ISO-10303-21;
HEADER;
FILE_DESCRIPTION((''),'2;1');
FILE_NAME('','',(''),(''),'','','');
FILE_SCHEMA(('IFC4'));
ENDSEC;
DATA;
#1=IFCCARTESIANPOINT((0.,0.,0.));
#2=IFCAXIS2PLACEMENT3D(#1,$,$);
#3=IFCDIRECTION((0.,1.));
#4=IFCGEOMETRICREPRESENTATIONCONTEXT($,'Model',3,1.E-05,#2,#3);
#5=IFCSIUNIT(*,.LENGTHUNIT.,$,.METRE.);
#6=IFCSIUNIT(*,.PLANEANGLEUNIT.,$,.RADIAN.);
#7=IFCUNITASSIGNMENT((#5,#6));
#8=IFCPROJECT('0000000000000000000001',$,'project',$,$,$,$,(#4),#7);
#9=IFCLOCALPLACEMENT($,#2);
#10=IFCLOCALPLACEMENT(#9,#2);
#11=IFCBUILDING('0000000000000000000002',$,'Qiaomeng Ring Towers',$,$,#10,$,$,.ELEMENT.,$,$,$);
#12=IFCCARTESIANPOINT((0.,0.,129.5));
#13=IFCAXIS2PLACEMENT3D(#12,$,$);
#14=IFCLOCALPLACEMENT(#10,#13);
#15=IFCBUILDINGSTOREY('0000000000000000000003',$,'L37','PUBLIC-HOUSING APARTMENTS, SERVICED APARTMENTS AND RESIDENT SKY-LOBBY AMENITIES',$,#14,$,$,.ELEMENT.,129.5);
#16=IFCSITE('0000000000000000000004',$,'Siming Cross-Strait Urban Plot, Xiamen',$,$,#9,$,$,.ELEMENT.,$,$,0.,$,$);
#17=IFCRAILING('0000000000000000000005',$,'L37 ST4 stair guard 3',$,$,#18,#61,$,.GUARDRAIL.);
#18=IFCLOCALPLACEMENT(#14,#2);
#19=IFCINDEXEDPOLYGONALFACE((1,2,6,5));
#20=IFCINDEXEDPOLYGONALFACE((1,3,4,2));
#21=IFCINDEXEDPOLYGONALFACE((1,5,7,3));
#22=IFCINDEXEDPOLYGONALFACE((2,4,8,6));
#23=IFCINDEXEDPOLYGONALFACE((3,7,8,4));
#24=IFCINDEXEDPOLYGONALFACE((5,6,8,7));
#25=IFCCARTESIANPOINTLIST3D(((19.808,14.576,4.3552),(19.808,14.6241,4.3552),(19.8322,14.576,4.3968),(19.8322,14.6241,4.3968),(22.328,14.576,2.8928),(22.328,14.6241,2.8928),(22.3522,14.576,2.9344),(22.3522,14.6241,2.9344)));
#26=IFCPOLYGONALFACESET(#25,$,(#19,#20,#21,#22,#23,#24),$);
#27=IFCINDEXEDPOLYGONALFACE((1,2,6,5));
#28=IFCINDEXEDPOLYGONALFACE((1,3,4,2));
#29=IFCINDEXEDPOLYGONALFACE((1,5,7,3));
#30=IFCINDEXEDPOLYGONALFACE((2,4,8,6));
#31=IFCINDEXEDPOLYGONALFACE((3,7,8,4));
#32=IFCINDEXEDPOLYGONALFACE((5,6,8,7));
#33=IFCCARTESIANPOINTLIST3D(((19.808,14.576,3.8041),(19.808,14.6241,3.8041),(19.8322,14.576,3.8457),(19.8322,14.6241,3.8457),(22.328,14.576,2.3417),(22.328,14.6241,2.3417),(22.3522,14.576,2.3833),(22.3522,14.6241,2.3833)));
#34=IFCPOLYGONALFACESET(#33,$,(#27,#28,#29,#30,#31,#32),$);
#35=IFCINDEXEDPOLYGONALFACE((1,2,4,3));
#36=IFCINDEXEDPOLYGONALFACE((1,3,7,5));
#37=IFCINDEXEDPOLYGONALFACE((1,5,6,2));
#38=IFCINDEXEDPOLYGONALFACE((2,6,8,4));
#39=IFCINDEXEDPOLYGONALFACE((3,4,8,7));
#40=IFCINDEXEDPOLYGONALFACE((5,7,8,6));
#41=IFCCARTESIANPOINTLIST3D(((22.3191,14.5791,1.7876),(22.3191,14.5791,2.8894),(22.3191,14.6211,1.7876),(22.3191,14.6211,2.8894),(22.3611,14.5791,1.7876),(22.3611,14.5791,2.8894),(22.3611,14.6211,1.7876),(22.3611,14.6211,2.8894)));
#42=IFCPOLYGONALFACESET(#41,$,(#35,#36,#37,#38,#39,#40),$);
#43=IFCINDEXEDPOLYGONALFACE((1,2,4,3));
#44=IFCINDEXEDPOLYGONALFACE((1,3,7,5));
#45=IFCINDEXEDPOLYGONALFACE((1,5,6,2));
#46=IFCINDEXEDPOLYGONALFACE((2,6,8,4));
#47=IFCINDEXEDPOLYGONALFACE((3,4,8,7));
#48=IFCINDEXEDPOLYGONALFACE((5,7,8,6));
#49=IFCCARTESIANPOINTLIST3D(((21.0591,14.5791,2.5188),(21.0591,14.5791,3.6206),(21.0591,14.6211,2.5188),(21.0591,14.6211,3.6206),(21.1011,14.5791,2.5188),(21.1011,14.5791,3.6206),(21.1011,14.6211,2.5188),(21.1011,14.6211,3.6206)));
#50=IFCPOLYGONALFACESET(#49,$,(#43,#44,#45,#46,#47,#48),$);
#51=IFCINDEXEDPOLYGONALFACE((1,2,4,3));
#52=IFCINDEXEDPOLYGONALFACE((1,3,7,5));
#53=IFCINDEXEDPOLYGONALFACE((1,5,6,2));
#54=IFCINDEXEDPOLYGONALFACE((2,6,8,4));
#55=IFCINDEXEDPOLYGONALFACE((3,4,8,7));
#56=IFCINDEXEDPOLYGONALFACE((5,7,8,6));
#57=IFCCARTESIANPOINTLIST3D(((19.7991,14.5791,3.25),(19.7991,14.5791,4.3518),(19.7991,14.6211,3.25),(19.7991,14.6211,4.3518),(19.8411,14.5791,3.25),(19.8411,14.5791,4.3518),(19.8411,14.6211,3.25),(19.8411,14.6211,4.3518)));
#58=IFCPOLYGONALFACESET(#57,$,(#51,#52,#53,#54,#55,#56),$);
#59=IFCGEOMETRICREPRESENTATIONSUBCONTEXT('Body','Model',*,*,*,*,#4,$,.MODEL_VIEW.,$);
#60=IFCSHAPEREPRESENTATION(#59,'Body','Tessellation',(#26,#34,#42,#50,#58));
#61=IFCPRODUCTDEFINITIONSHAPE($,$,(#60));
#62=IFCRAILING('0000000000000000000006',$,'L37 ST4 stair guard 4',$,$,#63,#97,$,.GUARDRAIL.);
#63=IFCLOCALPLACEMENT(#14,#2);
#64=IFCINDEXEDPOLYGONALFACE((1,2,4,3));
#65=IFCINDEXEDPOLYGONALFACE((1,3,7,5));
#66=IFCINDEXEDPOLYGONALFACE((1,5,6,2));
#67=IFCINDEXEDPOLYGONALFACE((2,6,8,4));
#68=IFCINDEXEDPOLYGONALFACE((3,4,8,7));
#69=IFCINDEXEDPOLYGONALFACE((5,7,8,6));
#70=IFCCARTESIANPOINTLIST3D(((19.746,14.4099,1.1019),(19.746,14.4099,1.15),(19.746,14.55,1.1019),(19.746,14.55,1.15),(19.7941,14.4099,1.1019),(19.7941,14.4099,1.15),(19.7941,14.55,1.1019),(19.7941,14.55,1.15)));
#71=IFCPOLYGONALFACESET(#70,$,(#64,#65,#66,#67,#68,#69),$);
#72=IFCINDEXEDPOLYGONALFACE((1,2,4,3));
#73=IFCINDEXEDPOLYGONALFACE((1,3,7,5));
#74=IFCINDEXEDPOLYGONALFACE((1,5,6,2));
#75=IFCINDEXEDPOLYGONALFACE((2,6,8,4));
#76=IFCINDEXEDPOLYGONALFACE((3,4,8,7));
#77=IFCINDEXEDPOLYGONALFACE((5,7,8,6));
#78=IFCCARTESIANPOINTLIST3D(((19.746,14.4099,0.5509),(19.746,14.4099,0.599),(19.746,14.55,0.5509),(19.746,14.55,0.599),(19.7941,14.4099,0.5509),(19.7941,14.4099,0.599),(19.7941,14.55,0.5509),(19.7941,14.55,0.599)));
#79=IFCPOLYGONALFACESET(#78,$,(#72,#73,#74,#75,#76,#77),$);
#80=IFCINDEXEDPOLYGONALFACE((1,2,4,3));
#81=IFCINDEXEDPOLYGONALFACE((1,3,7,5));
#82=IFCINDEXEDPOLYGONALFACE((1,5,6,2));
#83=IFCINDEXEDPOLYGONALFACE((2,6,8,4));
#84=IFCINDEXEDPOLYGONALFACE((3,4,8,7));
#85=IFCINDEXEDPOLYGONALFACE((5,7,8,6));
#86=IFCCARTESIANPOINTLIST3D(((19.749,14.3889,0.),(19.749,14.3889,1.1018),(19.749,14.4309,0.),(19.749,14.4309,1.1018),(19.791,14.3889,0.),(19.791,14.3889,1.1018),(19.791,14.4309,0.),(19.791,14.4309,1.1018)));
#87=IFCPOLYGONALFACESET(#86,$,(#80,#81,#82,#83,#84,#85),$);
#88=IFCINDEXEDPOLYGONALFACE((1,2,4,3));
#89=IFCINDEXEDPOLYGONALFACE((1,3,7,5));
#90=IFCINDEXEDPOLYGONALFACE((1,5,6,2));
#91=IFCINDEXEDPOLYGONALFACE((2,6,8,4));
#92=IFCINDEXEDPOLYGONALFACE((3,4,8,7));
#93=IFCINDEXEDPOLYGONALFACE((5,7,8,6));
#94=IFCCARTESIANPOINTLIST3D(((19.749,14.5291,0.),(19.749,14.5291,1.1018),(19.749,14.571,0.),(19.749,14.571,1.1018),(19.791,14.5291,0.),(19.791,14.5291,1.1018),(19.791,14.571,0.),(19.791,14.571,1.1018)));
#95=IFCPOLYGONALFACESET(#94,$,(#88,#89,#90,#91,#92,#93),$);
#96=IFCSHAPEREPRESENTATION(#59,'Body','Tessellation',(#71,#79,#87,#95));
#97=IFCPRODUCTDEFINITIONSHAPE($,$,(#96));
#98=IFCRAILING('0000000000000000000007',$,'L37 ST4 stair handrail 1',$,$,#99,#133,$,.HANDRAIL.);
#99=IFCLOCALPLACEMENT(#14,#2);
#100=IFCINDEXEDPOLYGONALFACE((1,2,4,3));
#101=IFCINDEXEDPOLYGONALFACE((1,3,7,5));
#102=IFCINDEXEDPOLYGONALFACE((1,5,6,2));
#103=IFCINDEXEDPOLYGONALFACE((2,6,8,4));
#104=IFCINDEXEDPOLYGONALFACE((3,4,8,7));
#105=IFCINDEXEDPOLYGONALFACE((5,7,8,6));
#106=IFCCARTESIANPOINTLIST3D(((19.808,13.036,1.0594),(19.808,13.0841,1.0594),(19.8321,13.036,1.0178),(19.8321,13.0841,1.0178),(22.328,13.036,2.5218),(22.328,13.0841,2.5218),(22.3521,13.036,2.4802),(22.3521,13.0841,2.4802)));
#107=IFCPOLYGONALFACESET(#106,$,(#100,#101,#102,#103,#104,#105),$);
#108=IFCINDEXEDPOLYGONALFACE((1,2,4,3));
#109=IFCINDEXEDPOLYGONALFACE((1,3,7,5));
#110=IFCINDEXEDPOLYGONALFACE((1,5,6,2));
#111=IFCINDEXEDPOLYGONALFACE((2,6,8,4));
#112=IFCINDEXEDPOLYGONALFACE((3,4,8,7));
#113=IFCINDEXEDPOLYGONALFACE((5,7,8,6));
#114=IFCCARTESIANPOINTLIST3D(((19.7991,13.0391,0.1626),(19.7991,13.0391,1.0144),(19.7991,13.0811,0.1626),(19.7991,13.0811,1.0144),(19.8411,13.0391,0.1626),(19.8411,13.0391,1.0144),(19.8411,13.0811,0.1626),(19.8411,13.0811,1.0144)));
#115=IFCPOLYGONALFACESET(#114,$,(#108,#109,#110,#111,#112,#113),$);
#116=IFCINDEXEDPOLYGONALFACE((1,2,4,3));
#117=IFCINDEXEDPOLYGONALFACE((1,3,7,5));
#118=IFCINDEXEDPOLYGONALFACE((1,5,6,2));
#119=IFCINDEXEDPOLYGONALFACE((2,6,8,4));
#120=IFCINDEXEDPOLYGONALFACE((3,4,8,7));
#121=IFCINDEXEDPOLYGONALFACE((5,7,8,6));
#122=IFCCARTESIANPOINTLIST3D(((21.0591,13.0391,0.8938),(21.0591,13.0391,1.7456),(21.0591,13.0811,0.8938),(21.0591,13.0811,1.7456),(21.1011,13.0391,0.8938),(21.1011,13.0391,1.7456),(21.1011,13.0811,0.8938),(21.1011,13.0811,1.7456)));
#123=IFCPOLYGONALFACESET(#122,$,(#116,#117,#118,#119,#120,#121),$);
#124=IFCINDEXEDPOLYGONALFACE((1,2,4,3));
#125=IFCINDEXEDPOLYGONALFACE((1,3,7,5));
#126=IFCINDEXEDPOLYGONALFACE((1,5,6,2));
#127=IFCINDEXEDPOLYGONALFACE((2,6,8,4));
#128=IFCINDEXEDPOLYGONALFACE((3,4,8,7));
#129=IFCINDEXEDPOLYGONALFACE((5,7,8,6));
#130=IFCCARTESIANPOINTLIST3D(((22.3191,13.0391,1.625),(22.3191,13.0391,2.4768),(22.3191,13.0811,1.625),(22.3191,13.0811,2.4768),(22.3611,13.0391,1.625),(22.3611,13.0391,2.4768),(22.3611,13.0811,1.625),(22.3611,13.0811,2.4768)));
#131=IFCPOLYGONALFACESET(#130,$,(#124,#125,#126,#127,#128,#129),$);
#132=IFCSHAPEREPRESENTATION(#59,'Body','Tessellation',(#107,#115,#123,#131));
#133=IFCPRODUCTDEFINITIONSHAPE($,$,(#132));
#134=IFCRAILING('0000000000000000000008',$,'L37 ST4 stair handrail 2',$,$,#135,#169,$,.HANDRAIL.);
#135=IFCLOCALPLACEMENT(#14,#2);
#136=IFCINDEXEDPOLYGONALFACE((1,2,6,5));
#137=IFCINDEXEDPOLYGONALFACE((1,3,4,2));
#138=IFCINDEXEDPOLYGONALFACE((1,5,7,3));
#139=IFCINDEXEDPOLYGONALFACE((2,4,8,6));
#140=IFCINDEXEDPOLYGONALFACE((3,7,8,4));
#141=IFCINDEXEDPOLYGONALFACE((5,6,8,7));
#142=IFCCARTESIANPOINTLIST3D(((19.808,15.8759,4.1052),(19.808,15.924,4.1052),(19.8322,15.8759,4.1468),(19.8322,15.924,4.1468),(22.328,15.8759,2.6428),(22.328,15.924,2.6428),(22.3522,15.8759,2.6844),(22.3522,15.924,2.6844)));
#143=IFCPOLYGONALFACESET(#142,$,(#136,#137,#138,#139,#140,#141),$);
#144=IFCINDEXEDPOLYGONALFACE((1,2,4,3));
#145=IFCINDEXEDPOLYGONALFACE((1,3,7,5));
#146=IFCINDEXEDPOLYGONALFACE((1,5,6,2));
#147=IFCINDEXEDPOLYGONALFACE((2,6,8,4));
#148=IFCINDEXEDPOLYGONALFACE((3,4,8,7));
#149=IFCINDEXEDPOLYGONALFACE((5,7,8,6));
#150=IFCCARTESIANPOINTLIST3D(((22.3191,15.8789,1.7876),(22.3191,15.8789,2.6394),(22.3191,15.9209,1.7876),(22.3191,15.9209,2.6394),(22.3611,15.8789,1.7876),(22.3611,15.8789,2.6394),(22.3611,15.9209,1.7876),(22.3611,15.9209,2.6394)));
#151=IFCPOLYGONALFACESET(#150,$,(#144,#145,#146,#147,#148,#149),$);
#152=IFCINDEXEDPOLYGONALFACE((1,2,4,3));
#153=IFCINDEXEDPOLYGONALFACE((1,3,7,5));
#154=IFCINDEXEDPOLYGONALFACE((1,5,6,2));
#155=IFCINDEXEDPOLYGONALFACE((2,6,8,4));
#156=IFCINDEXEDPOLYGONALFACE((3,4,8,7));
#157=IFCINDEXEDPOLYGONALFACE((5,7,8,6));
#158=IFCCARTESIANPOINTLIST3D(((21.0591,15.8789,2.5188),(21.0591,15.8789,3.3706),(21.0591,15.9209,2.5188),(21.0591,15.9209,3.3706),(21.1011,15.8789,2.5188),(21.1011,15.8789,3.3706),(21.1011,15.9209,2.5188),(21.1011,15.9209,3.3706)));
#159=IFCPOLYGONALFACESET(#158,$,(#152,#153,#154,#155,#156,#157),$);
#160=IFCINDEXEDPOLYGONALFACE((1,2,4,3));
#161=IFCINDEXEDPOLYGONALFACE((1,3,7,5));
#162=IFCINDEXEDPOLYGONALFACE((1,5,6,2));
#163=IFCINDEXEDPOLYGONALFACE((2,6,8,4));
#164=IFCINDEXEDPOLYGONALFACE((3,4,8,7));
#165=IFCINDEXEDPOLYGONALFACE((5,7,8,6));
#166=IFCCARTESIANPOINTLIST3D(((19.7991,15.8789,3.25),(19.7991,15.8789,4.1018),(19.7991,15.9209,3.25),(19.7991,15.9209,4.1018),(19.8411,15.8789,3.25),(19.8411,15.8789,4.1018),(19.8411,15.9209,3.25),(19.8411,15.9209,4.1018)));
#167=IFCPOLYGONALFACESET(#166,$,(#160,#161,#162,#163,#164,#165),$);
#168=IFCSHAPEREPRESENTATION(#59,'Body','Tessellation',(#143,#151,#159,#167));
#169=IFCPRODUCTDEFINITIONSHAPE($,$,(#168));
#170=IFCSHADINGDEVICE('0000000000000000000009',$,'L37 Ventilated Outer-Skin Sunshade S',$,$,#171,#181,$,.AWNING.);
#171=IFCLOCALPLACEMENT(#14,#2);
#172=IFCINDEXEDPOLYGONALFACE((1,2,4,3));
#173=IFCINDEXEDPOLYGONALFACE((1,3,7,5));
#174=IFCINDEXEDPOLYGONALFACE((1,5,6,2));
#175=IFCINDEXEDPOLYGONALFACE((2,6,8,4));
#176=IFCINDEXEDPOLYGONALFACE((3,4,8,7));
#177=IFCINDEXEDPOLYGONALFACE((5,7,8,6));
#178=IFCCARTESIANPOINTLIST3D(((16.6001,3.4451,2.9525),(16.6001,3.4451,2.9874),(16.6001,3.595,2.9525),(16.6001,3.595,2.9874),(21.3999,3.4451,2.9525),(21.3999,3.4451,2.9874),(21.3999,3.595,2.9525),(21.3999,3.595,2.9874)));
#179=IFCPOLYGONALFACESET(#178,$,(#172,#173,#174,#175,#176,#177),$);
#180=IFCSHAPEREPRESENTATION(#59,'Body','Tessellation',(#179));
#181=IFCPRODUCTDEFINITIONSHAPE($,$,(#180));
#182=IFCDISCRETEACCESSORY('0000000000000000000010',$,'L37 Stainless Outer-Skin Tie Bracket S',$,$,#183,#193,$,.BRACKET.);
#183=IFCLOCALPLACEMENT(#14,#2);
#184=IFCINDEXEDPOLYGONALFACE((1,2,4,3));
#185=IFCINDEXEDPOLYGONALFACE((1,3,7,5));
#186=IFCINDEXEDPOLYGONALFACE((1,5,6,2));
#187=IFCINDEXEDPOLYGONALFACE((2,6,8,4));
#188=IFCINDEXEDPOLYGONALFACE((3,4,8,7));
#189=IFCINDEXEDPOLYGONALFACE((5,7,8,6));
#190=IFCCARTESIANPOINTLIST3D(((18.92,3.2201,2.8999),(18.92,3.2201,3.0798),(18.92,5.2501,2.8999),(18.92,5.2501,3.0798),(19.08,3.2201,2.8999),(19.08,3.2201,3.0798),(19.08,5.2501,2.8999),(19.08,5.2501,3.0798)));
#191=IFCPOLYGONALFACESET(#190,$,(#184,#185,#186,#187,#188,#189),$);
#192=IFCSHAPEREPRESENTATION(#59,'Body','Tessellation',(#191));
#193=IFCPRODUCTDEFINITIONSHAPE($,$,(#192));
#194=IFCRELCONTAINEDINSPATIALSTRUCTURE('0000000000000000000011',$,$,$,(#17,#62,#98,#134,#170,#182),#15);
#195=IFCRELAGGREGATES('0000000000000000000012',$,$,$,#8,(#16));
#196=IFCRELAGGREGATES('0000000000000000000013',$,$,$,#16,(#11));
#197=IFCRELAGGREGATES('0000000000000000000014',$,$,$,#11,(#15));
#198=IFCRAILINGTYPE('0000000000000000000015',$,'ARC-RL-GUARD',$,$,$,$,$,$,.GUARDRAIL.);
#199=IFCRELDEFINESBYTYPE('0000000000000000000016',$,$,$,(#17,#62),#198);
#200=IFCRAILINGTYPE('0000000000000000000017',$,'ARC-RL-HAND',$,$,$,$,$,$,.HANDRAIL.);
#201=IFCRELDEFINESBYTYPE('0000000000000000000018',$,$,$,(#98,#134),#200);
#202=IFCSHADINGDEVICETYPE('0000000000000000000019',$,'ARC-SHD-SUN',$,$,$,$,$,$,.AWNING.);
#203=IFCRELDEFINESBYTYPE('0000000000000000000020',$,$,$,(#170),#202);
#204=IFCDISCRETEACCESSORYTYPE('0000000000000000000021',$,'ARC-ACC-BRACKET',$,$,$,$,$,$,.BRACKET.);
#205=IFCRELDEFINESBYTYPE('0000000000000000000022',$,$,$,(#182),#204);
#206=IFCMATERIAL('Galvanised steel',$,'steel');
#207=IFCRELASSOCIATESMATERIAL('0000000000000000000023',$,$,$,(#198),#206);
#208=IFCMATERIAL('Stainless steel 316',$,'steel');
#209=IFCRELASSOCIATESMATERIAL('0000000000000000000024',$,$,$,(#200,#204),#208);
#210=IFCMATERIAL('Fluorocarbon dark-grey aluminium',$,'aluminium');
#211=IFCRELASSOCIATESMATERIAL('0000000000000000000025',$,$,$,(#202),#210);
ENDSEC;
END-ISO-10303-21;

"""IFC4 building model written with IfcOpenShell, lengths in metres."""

from ifc_helpers import new_model, si_unit, direction, frame, origin, origin_2d, place, context, subcontext, project, spatial, rectangle, extrude, source, transform, mapped, material, material_profile, profile_set, type_object, element, save


model = new_model("IFC4")

# Units and contexts
model_context = context("Model", 3, precision=1e-05, world=origin(), true_north=direction((0.0, 1.0)))
body_context = subcontext(model_context, "Body", "Model", "MODEL_VIEW")
ifc_project = project(units=[si_unit("LENGTHUNIT", "METRE"), si_unit("PLANEANGLEUNIT", "RADIAN")], contexts=[model_context])

# Site, building, storey
site_placement = place(None, origin())
site = spatial("IfcSite", under=ifc_project, at=site_placement, Name="Siming Cross-Strait Urban Plot, Xiamen", CompositionType="ELEMENT", RefElevation=0.0)
building_placement = place(site_placement, origin())
building = spatial("IfcBuilding", under=site, at=building_placement, Name="Qiaomeng Ring Towers", CompositionType="ELEMENT")
storey_placement = place(building_placement, frame((0.0, 0.0, 129.5)))
storey = spatial("IfcBuildingStorey", under=building, at=storey_placement, Name="L37", Description="PUBLIC-HOUSING APARTMENTS, SERVICED APARTMENTS AND RESIDENT SKY-LOBBY AMENITIES", CompositionType="ELEMENT", Elevation=129.5)

# Shared definitions
ifc_material_1 = material(Name="Fluorocarbon dark-grey aluminium", Category="aluminium")

# Shared definitions
ifc_material_2 = material(Name="Galvanised steel", Category="steel")

# Railings
railing_type_1 = type_object("IfcRailingType", Name="ARC-RL-GUARD", PredefinedType="GUARDRAIL", material=ifc_material_2)
railing_1_placement = place(storey_placement, frame((22.3401, 14.6001, 1.7876)))
element("IfcRailing", 1, at=railing_1_placement, inside=storey, type_object=railing_type_1, Name="L37 ST4 stair guard 3", PredefinedType="GUARDRAIL", context=body_context, shape_type="SweptSolid", body=[
    extrude(rectangle(XDim=0.0481, YDim=0.0481, at=origin_2d()), frame((0.0, 0.0, 1.126), z_axis=(-0.864913, 0.0, 0.501921), x_axis=(0.0, -1.0, 0.0)), (0.0, 0.0, 1.0), 2.9136),
    extrude(rectangle(XDim=0.0481, YDim=0.0481, at=origin_2d()), frame((0.0, 0.0, 0.575), z_axis=(-0.864913, 0.0, 0.501921), x_axis=(0.0, -1.0, 0.0)), (0.0, 0.0, 1.0), 2.9136),
    extrude(rectangle(XDim=0.042, YDim=0.042, at=origin_2d()), origin(), (0.0, 0.0, 1.0), 1.1018),
    extrude(rectangle(XDim=0.042, YDim=0.042, at=origin_2d()), frame((-1.26, 0.0, 0.7312)), (0.0, 0.0, 1.0), 1.1018),
    extrude(rectangle(XDim=0.042, YDim=0.042, at=origin_2d()), frame((-2.52, 0.0, 1.4624)), (0.0, 0.0, 1.0), 1.1018),
])
railing_2_placement = place(storey_placement, frame((19.77, 14.4099, 0.0)))
element("IfcRailing", 2, at=railing_2_placement, inside=storey, type_object=railing_type_1, Name="L37 ST4 stair guard 4", PredefinedType="GUARDRAIL", context=body_context, shape_type="SweptSolid", body=[
    extrude(rectangle(XDim=0.0481, YDim=0.0481, at=origin_2d()), frame((0.0, 0.0, 1.126), z_axis=(0.0, 1.0, 0.0), x_axis=(-1.0, 0.0, 0.0)), (0.0, 0.0, 1.0), 0.1401),
    extrude(rectangle(XDim=0.0481, YDim=0.0481, at=origin_2d()), frame((0.0, 0.0, 0.575), z_axis=(0.0, 1.0, 0.0), x_axis=(-1.0, 0.0, 0.0)), (0.0, 0.0, 1.0), 0.1401),
    extrude(rectangle(XDim=0.042, YDim=0.042, at=origin_2d()), origin(), (0.0, 0.0, 1.0), 1.1018),
    extrude(rectangle(XDim=0.042, YDim=0.042, at=origin_2d()), frame((0.0, 0.1401, 0.0)), (0.0, 0.0, 1.0), 1.1018),
])
ifc_material_3 = material(Name="Stainless steel 316", Category="steel")
railing_type_2 = type_object("IfcRailingType", Name="ARC-RL-HAND", PredefinedType="HANDRAIL", material=ifc_material_3)
railing_3_placement = place(storey_placement, frame((19.8201, 13.0601, 0.1626)))
element("IfcRailing", 3, at=railing_3_placement, inside=storey, type_object=railing_type_2, Name="L37 ST4 stair handrail 1", PredefinedType="HANDRAIL", context=body_context, shape_type="SweptSolid", body=[
    extrude(rectangle(XDim=0.0481, YDim=0.0481, at=origin_2d()), frame((0.0, 0.0, 0.876), z_axis=(0.864913, 0.0, 0.501921), x_axis=(0.0, 1.0, 0.0)), (0.0, 0.0, 1.0), 2.9136),
    extrude(rectangle(XDim=0.042, YDim=0.042, at=origin_2d()), origin(), (0.0, 0.0, 1.0), 0.8518),
    extrude(rectangle(XDim=0.042, YDim=0.042, at=origin_2d()), frame((1.26, 0.0, 0.7312)), (0.0, 0.0, 1.0), 0.8518),
    extrude(rectangle(XDim=0.042, YDim=0.042, at=origin_2d()), frame((2.52, 0.0, 1.4624)), (0.0, 0.0, 1.0), 0.8518),
])
railing_4_placement = place(storey_placement, frame((22.3401, 15.8999, 1.7876)))
element("IfcRailing", 4, at=railing_4_placement, inside=storey, type_object=railing_type_2, Name="L37 ST4 stair handrail 2", PredefinedType="HANDRAIL", context=body_context, shape_type="SweptSolid", body=[
    extrude(rectangle(XDim=0.0481, YDim=0.0481, at=origin_2d()), frame((0.0, 0.0, 0.876), z_axis=(-0.864913, 0.0, 0.501921), x_axis=(0.0, -1.0, 0.0)), (0.0, 0.0, 1.0), 2.9136),
    extrude(rectangle(XDim=0.042, YDim=0.042, at=origin_2d()), origin(), (0.0, 0.0, 1.0), 0.8518),
    extrude(rectangle(XDim=0.042, YDim=0.042, at=origin_2d()), frame((-1.26, 0.0, 0.7312)), (0.0, 0.0, 1.0), 0.8518),
    extrude(rectangle(XDim=0.042, YDim=0.042, at=origin_2d()), frame((-2.52, 0.0, 1.4624)), (0.0, 0.0, 1.0), 0.8518),
])

# Shading device
ifc_material_profile_1 = material_profile(ifc_material_1, rectangle(XDim=0.1499, YDim=0.0349, at=origin_2d()), Name="LV BLADE 150x35")
ifc_profile_set_1 = profile_set([ifc_material_profile_1], Name="Fluorocarbon dark-grey aluminium")
shading_device_type = type_object("IfcShadingDeviceType", Name="ARC-SHD-SUN", PredefinedType="AWNING", material=ifc_profile_set_1)
shared_shape_1 = source(origin(), body_context, "Body", "SweptSolid", [
    extrude(rectangle(XDim=0.1499, YDim=0.0349, at=origin_2d()), origin(), (0.0, 0.0, 1.0), 4.7998),
])
shading_device_placement = place(storey_placement, frame((16.6001, 3.52, 2.97), z_axis=(1.0, 0.0, 0.0), x_axis=(0.0, 1.0, 0.0)))
element("IfcShadingDevice", 5, at=shading_device_placement, inside=storey, type_object=shading_device_type, Name="L37 Ventilated Outer-Skin Sunshade S", PredefinedType="AWNING", context=body_context, shape_type="MappedRepresentation", body=[
    mapped(shared_shape_1, transform((0.0, 0.0, 0.0), x_axis=(1.0, 0.0, 0.0), y_axis=(0.0, 1.0, 0.0), z_axis=(0.0, 0.0, 1.0), scale=1.0)),
])

# Discrete accessory
discrete_accessory_type = type_object("IfcDiscreteAccessoryType", Name="ARC-ACC-BRACKET", PredefinedType="BRACKET", material=ifc_material_3)
shared_shape_2 = source(origin(), body_context, "Body", "SweptSolid", [
    extrude(rectangle(XDim=0.1599, YDim=2.03, at=origin_2d()), origin(), (0.0, 0.0, 1.0), 0.1799),
])
discrete_accessory_placement = place(storey_placement, frame((19.0, 4.2351, 2.8999), z_axis=(0.0, 0.0, 1.0), x_axis=(1.0, 0.0, 0.0)))
element("IfcDiscreteAccessory", 6, at=discrete_accessory_placement, inside=storey, type_object=discrete_accessory_type, Name="L37 Stainless Outer-Skin Tie Bracket S", PredefinedType="BRACKET", context=body_context, shape_type="MappedRepresentation", body=[
    mapped(shared_shape_2, transform((0.0, 0.0, 0.0), x_axis=(1.0, 0.0, 0.0), y_axis=(0.0, 1.0, 0.0), z_axis=(0.0, 0.0, 1.0), scale=1.0)),
])

save(model, "model.ifc")
